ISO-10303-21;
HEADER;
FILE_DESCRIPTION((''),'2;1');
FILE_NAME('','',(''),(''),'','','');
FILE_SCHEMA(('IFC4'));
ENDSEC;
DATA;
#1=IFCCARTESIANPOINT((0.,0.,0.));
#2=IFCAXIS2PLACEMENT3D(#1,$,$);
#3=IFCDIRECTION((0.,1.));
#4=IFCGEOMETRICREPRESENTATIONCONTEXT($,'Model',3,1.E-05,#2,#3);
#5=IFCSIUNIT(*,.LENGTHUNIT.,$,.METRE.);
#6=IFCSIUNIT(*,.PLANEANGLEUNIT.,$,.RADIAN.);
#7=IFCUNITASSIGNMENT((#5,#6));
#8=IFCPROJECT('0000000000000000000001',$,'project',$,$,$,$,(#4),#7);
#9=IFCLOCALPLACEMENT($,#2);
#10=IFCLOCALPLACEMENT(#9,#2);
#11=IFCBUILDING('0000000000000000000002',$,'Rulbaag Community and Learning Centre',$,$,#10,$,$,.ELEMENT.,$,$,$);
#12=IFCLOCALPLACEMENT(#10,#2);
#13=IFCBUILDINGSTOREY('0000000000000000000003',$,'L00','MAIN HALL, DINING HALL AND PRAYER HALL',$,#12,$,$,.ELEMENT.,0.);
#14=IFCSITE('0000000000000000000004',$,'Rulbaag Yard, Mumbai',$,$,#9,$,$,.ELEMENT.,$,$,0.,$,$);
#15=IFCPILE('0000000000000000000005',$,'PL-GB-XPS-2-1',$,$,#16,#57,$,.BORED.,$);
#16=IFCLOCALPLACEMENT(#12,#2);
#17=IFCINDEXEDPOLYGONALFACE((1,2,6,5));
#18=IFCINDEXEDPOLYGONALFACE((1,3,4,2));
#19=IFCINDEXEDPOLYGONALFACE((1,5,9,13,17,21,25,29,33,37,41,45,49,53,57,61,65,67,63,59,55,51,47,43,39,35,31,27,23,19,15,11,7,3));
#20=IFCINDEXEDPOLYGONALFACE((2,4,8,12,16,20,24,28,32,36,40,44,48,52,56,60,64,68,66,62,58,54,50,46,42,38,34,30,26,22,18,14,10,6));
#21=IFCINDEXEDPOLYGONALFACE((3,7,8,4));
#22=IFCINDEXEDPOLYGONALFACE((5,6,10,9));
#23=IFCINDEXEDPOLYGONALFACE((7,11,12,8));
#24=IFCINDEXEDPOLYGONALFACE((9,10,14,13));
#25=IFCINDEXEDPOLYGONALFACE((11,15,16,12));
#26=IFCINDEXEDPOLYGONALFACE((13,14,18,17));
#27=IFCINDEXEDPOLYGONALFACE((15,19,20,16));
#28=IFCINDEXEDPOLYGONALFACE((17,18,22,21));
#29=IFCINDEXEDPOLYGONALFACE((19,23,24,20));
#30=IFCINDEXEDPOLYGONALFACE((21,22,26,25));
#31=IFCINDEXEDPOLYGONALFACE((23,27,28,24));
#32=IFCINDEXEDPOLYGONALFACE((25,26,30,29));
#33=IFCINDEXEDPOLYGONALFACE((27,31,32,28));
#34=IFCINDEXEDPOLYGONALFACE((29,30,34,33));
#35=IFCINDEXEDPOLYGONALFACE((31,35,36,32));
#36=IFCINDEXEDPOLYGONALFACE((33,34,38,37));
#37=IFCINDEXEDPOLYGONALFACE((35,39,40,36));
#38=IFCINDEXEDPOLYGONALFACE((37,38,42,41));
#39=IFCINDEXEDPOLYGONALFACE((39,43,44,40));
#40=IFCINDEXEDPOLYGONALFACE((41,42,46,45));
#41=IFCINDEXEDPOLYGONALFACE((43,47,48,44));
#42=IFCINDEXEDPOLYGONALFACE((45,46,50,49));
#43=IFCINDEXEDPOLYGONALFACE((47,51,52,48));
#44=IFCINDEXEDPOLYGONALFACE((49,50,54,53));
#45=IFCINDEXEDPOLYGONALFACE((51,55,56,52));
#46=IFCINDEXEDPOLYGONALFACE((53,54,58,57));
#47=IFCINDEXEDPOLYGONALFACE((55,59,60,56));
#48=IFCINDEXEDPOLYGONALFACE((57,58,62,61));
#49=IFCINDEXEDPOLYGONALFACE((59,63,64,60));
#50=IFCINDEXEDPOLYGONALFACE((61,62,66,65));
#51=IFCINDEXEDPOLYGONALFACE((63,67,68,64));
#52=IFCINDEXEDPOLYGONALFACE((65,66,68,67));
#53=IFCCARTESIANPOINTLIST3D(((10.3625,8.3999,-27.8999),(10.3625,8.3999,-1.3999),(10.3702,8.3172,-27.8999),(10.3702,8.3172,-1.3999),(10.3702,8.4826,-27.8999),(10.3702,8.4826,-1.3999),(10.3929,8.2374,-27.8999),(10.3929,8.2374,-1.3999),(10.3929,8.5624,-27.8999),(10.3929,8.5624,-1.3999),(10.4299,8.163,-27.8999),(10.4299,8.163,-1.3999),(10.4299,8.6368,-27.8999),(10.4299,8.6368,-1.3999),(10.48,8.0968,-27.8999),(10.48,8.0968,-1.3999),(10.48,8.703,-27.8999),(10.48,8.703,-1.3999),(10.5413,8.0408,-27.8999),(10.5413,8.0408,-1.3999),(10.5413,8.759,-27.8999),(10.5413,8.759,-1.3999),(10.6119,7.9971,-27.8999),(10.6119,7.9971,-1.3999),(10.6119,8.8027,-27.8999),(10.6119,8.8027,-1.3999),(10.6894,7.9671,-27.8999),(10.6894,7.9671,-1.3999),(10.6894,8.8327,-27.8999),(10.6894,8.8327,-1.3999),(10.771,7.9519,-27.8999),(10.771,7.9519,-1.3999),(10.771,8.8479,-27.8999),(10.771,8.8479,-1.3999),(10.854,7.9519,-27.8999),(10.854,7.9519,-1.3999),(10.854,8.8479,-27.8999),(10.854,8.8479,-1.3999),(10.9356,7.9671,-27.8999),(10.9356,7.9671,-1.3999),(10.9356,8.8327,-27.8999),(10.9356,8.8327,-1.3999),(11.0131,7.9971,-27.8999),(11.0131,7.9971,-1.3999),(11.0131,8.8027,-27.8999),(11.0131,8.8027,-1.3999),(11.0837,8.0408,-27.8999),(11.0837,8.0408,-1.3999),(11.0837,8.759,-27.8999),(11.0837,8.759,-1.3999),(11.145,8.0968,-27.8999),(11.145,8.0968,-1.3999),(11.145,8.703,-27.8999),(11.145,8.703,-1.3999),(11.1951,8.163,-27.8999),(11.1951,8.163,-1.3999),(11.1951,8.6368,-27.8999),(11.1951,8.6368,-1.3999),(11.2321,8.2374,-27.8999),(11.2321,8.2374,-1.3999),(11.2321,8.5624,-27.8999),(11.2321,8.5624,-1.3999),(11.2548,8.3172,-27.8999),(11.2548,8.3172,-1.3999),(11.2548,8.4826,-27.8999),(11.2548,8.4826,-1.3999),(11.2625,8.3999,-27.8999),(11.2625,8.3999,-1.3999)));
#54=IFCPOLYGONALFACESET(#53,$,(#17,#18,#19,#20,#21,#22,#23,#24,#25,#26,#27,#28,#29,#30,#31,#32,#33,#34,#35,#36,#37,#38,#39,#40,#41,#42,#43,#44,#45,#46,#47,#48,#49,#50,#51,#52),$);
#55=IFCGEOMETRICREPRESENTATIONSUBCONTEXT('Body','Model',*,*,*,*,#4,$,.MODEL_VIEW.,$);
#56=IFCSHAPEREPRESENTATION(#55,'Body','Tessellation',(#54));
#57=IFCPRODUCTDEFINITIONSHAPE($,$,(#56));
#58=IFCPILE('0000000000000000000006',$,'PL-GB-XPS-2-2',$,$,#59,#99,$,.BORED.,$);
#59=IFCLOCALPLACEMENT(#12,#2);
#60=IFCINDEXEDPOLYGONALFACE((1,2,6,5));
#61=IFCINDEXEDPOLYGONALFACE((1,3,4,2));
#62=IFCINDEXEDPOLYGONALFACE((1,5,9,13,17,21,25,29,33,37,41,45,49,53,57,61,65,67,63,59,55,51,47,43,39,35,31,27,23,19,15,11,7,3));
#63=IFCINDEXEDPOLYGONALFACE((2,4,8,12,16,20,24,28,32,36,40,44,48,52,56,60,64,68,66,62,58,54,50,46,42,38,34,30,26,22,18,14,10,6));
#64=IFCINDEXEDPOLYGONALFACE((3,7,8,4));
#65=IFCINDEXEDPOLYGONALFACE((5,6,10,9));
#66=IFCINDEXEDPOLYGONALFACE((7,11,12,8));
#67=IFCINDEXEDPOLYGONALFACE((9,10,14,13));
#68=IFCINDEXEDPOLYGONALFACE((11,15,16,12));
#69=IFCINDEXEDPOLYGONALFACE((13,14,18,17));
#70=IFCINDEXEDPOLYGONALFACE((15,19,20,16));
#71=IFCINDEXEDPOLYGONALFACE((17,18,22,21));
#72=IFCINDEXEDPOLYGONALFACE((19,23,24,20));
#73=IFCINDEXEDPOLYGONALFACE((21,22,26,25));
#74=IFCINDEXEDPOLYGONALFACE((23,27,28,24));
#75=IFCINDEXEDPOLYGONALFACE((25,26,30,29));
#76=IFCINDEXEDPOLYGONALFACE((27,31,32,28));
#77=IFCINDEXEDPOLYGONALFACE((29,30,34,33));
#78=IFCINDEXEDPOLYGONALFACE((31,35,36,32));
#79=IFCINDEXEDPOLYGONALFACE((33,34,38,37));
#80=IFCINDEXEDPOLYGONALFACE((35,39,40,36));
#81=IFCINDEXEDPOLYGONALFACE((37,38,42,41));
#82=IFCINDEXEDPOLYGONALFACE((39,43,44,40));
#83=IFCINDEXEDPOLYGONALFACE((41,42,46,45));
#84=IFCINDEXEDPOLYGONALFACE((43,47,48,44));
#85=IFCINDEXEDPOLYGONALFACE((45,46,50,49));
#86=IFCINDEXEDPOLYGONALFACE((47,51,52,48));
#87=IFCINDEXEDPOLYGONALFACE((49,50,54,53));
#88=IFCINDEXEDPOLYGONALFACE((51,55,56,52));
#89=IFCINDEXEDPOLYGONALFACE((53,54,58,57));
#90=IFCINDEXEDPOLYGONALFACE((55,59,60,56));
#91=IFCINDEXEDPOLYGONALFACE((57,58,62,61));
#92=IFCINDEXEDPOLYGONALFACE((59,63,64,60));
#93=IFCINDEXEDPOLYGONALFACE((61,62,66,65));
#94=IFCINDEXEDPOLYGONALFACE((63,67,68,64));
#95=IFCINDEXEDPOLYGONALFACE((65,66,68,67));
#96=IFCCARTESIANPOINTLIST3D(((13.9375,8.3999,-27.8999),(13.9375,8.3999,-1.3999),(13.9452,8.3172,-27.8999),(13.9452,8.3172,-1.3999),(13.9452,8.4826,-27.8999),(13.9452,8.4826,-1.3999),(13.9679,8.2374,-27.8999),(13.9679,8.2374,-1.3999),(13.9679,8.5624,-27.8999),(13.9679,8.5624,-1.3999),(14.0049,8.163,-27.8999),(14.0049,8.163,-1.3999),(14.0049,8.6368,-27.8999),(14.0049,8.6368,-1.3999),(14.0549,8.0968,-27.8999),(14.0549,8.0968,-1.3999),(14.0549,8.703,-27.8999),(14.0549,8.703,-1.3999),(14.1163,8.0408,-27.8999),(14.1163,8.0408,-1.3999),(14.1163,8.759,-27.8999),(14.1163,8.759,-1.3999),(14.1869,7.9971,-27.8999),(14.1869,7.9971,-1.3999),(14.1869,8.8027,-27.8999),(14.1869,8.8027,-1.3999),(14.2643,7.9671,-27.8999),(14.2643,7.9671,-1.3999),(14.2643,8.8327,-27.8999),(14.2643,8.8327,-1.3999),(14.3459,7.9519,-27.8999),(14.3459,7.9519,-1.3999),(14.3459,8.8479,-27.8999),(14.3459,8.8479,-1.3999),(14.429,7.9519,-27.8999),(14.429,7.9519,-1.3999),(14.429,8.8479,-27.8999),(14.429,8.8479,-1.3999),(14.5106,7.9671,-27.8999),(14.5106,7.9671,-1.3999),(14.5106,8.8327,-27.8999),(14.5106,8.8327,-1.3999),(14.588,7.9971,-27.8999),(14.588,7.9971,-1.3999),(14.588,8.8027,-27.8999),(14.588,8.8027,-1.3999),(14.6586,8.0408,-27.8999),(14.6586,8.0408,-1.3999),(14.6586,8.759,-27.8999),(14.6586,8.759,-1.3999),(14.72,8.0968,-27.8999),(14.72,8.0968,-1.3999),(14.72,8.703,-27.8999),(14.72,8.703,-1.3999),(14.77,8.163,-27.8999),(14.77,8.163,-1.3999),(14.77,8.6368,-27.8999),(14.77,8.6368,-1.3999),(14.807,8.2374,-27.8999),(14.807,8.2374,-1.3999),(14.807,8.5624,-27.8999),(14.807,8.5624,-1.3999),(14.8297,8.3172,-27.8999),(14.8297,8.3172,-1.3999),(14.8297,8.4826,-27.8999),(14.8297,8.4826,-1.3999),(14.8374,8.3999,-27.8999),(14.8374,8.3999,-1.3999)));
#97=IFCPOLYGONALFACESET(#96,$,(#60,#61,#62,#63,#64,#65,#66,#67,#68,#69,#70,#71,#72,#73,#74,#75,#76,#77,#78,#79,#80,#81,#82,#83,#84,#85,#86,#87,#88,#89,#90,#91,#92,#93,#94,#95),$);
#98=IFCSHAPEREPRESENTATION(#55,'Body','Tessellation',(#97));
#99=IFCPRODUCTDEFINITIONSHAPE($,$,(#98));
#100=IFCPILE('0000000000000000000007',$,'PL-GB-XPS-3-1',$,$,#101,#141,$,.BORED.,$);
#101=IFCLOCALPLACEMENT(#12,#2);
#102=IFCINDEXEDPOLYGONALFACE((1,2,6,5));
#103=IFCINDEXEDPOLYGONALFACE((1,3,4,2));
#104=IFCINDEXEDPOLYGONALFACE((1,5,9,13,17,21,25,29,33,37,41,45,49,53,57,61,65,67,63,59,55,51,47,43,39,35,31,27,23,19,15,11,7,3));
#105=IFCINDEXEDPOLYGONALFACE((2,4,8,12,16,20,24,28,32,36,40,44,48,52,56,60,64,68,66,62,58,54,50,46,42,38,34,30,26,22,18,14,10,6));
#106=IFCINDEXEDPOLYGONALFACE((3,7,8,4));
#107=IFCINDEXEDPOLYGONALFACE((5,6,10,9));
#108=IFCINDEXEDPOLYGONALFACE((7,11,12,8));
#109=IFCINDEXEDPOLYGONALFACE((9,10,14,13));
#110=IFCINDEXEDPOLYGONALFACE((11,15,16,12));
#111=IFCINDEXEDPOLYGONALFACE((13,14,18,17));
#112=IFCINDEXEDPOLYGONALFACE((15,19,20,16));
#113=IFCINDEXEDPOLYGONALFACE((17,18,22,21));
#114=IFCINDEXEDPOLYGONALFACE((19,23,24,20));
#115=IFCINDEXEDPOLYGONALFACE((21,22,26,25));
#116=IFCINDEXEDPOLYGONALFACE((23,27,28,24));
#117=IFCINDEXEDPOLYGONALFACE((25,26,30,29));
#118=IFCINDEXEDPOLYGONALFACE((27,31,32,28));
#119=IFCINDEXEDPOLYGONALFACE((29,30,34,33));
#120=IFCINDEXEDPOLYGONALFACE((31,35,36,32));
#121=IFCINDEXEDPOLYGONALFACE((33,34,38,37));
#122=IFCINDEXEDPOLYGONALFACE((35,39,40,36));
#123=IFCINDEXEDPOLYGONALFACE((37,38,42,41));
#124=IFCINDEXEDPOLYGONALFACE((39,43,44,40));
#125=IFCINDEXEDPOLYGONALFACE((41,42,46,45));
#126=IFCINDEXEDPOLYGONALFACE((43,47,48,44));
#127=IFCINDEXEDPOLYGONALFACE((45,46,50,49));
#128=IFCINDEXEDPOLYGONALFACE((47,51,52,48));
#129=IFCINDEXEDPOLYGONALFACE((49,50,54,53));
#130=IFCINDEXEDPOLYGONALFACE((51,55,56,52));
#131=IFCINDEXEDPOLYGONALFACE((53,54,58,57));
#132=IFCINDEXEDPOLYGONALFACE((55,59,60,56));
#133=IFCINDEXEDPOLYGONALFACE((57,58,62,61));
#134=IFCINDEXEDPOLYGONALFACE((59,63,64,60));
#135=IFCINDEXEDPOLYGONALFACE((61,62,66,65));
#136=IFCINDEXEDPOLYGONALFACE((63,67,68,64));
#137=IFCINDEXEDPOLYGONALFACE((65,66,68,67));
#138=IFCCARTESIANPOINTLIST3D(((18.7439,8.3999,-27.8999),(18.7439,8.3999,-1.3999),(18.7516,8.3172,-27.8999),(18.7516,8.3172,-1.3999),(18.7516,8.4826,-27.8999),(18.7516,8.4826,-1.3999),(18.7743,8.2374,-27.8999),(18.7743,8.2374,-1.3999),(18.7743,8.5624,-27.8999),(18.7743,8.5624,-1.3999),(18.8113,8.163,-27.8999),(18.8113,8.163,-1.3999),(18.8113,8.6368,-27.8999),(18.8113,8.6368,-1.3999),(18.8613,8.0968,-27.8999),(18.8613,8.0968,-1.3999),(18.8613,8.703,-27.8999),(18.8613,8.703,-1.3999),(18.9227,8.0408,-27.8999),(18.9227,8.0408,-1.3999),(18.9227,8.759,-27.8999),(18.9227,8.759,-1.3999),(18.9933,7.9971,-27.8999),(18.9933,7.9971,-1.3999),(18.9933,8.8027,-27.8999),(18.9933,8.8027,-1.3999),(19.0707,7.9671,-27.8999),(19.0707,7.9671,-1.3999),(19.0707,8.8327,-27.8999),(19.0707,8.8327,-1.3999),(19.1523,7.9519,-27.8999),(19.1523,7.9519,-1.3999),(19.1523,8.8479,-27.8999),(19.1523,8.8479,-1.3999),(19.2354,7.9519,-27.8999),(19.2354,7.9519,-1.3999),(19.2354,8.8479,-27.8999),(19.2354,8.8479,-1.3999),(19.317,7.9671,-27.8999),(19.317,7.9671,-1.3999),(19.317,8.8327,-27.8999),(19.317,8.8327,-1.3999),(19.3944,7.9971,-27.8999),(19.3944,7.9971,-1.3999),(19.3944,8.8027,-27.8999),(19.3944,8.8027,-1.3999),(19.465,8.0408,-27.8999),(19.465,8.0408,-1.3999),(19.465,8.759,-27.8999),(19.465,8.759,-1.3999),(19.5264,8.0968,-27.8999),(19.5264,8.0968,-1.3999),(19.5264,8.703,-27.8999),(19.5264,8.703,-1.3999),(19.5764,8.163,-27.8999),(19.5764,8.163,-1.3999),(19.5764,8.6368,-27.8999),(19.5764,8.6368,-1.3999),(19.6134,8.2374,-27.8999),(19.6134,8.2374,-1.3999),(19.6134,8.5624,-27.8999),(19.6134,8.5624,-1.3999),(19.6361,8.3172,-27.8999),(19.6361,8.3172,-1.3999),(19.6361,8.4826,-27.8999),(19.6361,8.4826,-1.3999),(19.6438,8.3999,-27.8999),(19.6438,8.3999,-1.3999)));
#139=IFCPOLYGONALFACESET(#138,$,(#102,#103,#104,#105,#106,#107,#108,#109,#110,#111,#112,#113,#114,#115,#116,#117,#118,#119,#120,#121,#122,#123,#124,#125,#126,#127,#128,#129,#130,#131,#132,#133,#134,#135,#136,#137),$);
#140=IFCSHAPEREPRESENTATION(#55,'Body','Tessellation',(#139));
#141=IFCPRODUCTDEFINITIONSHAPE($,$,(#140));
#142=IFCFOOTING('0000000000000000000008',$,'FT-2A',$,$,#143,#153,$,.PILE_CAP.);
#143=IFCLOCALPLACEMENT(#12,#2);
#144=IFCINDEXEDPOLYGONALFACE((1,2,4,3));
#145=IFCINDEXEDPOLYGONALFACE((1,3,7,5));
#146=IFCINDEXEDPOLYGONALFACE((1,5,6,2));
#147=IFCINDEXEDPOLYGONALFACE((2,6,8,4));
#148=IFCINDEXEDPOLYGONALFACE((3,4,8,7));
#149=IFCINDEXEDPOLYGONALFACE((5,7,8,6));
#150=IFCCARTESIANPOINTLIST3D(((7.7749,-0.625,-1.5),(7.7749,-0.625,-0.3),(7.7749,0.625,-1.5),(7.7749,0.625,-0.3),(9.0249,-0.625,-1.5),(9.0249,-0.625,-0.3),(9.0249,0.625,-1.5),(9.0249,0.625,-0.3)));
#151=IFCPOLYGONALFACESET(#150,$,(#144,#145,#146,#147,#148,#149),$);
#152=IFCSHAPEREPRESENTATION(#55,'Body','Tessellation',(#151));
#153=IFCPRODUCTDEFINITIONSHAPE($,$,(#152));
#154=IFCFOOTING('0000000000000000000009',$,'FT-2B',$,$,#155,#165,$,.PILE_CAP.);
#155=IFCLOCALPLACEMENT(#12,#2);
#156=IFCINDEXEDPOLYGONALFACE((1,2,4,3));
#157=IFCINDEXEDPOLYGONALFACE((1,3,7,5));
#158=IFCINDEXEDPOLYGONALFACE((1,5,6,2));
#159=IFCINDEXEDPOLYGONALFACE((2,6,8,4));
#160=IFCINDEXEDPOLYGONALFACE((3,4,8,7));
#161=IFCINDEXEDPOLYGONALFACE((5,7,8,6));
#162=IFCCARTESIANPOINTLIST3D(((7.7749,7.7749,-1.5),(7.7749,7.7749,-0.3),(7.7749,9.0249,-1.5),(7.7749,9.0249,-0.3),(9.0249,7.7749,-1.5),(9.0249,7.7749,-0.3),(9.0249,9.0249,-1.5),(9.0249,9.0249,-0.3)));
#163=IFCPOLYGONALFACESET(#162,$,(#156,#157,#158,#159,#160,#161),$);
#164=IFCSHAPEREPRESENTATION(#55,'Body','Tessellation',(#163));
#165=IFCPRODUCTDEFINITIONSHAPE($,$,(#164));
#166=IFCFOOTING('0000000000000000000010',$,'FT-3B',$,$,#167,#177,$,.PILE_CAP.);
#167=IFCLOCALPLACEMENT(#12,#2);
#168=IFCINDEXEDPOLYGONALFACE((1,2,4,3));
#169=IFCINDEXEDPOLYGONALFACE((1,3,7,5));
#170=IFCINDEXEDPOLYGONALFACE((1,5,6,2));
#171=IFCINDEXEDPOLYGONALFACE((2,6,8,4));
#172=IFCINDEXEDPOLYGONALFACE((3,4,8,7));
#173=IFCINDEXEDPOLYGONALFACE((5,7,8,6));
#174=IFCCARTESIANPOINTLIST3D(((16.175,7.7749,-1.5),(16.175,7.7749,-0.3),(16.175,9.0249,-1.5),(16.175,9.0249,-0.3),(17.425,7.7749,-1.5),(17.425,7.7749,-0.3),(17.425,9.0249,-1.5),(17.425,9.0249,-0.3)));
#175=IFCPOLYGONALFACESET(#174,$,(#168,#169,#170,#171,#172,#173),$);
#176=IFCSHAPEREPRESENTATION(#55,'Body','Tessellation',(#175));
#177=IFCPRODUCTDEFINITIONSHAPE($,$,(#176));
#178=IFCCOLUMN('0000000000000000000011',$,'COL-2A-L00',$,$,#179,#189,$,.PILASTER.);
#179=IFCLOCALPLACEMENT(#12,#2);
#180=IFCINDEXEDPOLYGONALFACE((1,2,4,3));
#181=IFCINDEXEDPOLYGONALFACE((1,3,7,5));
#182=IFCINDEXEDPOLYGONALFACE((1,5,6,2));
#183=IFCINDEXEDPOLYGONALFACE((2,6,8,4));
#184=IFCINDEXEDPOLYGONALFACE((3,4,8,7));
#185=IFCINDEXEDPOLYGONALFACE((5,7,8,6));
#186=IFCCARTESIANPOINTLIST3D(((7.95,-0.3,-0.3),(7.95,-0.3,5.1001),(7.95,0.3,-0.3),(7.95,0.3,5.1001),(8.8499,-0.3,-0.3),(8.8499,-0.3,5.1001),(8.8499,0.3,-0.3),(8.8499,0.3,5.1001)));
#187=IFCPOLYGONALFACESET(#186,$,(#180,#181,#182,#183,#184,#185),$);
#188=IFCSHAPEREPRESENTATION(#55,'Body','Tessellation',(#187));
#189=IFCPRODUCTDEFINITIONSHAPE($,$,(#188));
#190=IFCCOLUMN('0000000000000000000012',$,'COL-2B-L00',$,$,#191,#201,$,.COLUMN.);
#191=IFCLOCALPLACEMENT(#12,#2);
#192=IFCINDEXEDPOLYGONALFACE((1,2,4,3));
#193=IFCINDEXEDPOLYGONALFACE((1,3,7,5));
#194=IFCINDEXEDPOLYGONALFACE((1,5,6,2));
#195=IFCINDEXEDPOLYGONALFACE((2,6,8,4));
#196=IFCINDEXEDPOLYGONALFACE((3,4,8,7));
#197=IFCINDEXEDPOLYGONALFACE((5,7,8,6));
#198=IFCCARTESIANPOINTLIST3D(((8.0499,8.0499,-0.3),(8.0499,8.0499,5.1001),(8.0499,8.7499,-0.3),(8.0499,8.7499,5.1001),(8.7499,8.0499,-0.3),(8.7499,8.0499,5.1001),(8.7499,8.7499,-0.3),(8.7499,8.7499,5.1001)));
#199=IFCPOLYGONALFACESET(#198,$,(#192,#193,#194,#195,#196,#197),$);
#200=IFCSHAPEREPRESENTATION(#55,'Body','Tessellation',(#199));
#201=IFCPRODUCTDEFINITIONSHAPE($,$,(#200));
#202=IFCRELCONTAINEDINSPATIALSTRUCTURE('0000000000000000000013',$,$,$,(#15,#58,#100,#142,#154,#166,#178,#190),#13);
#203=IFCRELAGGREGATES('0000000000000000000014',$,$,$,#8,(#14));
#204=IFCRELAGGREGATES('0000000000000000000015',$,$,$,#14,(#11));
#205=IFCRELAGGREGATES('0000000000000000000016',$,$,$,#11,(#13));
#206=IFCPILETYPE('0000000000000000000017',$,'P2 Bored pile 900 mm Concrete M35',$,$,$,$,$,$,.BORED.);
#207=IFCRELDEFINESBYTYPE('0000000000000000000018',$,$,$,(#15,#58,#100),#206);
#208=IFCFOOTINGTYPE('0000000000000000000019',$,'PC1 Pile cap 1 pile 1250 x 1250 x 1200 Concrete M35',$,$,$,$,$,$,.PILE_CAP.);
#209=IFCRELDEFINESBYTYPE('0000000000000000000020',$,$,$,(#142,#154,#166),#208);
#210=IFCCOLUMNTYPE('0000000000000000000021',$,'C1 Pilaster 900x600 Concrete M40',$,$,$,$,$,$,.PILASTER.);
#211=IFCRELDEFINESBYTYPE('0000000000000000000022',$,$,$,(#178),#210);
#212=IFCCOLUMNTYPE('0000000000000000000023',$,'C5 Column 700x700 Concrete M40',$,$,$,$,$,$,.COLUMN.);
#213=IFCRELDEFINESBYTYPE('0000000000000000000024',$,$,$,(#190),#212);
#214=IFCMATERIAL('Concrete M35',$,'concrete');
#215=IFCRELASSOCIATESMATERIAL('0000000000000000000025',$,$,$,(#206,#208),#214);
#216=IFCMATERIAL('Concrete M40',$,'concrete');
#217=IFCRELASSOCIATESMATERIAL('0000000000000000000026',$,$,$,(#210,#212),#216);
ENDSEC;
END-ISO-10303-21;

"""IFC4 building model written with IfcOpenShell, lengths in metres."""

from ifc_helpers import new_model, si_unit, direction, frame, origin, origin_2d, place, context, subcontext, project, spatial, rectangle, circle, extrude, material, material_profile, profile_set, type_object, element, save


model = new_model("IFC4")

# Units and contexts
model_context = context("Model", 3, precision=1e-05, world=origin(), true_north=direction((0.0, 1.0)))
body_context = subcontext(model_context, "Body", "Model", "MODEL_VIEW")
ifc_project = project(units=[si_unit("LENGTHUNIT", "METRE"), si_unit("PLANEANGLEUNIT", "RADIAN")], contexts=[model_context])

# Site, building, storey
site_placement = place(None, origin())
site = spatial("IfcSite", under=ifc_project, at=site_placement, Name="Rulbaag Yard, Mumbai", CompositionType="ELEMENT", RefElevation=0.0)
building_placement = place(site_placement, origin())
building = spatial("IfcBuilding", under=site, at=building_placement, Name="Rulbaag Community and Learning Centre", CompositionType="ELEMENT")
storey_placement = place(building_placement, origin())
storey = spatial("IfcBuildingStorey", under=building, at=storey_placement, Name="L00", Description="MAIN HALL, DINING HALL AND PRAYER HALL", CompositionType="ELEMENT", Elevation=0.0)

# Shared definitions
ifc_material_1 = material(Name="Concrete M35", Category="concrete")

# Piles
ifc_material_profile_1 = material_profile(ifc_material_1, circle(Radius=0.45, at=origin_2d()), Name="BP900")
ifc_profile_set_1 = profile_set([ifc_material_profile_1], Name="Concrete M35")
pile_type_1 = type_object("IfcPileType", Name="P2 Bored pile 900 mm Concrete M35", PredefinedType="BORED", material=ifc_profile_set_1)
for number, where, z_axis, x_axis, name in (
    (1, (10.8125, 8.3999, -1.3999), (0.0, 0.0, -1.0), (1.0, 0.0, 0.0), "PL-GB-XPS-2-1"),
    (2, (14.3875, 8.3999, -1.3999), (0.0, 0.0, -1.0), (1.0, 0.0, 0.0), "PL-GB-XPS-2-2"),
    (3, (19.1938, 8.3999, -1.3999), (0.0, 0.0, -1.0), (1.0, 0.0, 0.0), "PL-GB-XPS-3-1"),
):
    element("IfcPile", number, at=place(storey_placement, frame(where, z_axis=z_axis, x_axis=x_axis)), inside=storey, type_object=pile_type_1, Name=name, PredefinedType="BORED", context=body_context, shape_type="SweptSolid", body=[
        extrude(circle(Radius=0.45, at=origin_2d()), origin(), (0.0, 0.0, 1.0), 26.5),
    ])

# Footings
footing_type_1 = type_object("IfcFootingType", Name="PC1 Pile cap 1 pile 1250 x 1250 x 1200 Concrete M35", PredefinedType="PILE_CAP", material=ifc_material_1)
for number, where, z_axis, x_axis, name in (
    (4, (8.3999, 0.0, -1.5), (0.0, 0.0, 1.0), (1.0, 0.0, 0.0), "FT-2A"),
    (5, (8.3999, 8.3999, -1.5), (0.0, 0.0, 1.0), (1.0, 0.0, 0.0), "FT-2B"),
    (6, (16.8, 8.3999, -1.5), (0.0, 0.0, 1.0), (1.0, 0.0, 0.0), "FT-3B"),
):
    element("IfcFooting", number, at=place(storey_placement, frame(where, z_axis=z_axis, x_axis=x_axis)), inside=storey, type_object=footing_type_1, Name=name, PredefinedType="PILE_CAP", context=body_context, shape_type="SweptSolid", body=[
        extrude(rectangle(XDim=1.25, YDim=1.25, at=origin_2d()), origin(), (0.0, 0.0, 1.0), 1.2),
    ])

# Columns
ifc_material_2 = material(Name="Concrete M40", Category="concrete")
ifc_material_profile_2 = material_profile(ifc_material_2, rectangle(XDim=0.8999, YDim=0.6001, at=origin_2d()), Name="RC900x600")
ifc_profile_set_2 = profile_set([ifc_material_profile_2], Name="Concrete M40")
column_type_1 = type_object("IfcColumnType", Name="C1 Pilaster 900x600 Concrete M40", PredefinedType="PILASTER", material=ifc_profile_set_2)
column_placement = place(storey_placement, frame((8.3999, 0.0, -0.3), z_axis=(0.0, 0.0, 1.0), x_axis=(1.0, 0.0, 0.0)))
element("IfcColumn", 7, at=column_placement, inside=storey, type_object=column_type_1, Name="COL-2A-L00", PredefinedType="PILASTER", context=body_context, shape_type="SweptSolid", body=[
    extrude(rectangle(XDim=0.8999, YDim=0.6001, at=origin_2d()), origin(), (0.0, 0.0, 1.0), 5.4001),
])
ifc_material_profile_3 = material_profile(ifc_material_2, rectangle(XDim=0.7, YDim=0.7, at=origin_2d()), Name="RC700x700")
ifc_profile_set_3 = profile_set([ifc_material_profile_3], Name="Concrete M40")
column_type_2 = type_object("IfcColumnType", Name="C5 Column 700x700 Concrete M40", PredefinedType="COLUMN", material=ifc_profile_set_3)
for number, where, z_axis, x_axis, name in (
    (8, (8.3999, 8.3999, -0.3), (0.0, 0.0, 1.0), (1.0, 0.0, 0.0), "COL-2B-L00"),
):
    element("IfcColumn", number, at=place(storey_placement, frame(where, z_axis=z_axis, x_axis=x_axis)), inside=storey, type_object=column_type_2, Name=name, PredefinedType="COLUMN", context=body_context, shape_type="SweptSolid", body=[
        extrude(rectangle(XDim=0.7, YDim=0.7, at=origin_2d()), origin(), (0.0, 0.0, 1.0), 5.4001),
    ])

save(model, "model.ifc")
